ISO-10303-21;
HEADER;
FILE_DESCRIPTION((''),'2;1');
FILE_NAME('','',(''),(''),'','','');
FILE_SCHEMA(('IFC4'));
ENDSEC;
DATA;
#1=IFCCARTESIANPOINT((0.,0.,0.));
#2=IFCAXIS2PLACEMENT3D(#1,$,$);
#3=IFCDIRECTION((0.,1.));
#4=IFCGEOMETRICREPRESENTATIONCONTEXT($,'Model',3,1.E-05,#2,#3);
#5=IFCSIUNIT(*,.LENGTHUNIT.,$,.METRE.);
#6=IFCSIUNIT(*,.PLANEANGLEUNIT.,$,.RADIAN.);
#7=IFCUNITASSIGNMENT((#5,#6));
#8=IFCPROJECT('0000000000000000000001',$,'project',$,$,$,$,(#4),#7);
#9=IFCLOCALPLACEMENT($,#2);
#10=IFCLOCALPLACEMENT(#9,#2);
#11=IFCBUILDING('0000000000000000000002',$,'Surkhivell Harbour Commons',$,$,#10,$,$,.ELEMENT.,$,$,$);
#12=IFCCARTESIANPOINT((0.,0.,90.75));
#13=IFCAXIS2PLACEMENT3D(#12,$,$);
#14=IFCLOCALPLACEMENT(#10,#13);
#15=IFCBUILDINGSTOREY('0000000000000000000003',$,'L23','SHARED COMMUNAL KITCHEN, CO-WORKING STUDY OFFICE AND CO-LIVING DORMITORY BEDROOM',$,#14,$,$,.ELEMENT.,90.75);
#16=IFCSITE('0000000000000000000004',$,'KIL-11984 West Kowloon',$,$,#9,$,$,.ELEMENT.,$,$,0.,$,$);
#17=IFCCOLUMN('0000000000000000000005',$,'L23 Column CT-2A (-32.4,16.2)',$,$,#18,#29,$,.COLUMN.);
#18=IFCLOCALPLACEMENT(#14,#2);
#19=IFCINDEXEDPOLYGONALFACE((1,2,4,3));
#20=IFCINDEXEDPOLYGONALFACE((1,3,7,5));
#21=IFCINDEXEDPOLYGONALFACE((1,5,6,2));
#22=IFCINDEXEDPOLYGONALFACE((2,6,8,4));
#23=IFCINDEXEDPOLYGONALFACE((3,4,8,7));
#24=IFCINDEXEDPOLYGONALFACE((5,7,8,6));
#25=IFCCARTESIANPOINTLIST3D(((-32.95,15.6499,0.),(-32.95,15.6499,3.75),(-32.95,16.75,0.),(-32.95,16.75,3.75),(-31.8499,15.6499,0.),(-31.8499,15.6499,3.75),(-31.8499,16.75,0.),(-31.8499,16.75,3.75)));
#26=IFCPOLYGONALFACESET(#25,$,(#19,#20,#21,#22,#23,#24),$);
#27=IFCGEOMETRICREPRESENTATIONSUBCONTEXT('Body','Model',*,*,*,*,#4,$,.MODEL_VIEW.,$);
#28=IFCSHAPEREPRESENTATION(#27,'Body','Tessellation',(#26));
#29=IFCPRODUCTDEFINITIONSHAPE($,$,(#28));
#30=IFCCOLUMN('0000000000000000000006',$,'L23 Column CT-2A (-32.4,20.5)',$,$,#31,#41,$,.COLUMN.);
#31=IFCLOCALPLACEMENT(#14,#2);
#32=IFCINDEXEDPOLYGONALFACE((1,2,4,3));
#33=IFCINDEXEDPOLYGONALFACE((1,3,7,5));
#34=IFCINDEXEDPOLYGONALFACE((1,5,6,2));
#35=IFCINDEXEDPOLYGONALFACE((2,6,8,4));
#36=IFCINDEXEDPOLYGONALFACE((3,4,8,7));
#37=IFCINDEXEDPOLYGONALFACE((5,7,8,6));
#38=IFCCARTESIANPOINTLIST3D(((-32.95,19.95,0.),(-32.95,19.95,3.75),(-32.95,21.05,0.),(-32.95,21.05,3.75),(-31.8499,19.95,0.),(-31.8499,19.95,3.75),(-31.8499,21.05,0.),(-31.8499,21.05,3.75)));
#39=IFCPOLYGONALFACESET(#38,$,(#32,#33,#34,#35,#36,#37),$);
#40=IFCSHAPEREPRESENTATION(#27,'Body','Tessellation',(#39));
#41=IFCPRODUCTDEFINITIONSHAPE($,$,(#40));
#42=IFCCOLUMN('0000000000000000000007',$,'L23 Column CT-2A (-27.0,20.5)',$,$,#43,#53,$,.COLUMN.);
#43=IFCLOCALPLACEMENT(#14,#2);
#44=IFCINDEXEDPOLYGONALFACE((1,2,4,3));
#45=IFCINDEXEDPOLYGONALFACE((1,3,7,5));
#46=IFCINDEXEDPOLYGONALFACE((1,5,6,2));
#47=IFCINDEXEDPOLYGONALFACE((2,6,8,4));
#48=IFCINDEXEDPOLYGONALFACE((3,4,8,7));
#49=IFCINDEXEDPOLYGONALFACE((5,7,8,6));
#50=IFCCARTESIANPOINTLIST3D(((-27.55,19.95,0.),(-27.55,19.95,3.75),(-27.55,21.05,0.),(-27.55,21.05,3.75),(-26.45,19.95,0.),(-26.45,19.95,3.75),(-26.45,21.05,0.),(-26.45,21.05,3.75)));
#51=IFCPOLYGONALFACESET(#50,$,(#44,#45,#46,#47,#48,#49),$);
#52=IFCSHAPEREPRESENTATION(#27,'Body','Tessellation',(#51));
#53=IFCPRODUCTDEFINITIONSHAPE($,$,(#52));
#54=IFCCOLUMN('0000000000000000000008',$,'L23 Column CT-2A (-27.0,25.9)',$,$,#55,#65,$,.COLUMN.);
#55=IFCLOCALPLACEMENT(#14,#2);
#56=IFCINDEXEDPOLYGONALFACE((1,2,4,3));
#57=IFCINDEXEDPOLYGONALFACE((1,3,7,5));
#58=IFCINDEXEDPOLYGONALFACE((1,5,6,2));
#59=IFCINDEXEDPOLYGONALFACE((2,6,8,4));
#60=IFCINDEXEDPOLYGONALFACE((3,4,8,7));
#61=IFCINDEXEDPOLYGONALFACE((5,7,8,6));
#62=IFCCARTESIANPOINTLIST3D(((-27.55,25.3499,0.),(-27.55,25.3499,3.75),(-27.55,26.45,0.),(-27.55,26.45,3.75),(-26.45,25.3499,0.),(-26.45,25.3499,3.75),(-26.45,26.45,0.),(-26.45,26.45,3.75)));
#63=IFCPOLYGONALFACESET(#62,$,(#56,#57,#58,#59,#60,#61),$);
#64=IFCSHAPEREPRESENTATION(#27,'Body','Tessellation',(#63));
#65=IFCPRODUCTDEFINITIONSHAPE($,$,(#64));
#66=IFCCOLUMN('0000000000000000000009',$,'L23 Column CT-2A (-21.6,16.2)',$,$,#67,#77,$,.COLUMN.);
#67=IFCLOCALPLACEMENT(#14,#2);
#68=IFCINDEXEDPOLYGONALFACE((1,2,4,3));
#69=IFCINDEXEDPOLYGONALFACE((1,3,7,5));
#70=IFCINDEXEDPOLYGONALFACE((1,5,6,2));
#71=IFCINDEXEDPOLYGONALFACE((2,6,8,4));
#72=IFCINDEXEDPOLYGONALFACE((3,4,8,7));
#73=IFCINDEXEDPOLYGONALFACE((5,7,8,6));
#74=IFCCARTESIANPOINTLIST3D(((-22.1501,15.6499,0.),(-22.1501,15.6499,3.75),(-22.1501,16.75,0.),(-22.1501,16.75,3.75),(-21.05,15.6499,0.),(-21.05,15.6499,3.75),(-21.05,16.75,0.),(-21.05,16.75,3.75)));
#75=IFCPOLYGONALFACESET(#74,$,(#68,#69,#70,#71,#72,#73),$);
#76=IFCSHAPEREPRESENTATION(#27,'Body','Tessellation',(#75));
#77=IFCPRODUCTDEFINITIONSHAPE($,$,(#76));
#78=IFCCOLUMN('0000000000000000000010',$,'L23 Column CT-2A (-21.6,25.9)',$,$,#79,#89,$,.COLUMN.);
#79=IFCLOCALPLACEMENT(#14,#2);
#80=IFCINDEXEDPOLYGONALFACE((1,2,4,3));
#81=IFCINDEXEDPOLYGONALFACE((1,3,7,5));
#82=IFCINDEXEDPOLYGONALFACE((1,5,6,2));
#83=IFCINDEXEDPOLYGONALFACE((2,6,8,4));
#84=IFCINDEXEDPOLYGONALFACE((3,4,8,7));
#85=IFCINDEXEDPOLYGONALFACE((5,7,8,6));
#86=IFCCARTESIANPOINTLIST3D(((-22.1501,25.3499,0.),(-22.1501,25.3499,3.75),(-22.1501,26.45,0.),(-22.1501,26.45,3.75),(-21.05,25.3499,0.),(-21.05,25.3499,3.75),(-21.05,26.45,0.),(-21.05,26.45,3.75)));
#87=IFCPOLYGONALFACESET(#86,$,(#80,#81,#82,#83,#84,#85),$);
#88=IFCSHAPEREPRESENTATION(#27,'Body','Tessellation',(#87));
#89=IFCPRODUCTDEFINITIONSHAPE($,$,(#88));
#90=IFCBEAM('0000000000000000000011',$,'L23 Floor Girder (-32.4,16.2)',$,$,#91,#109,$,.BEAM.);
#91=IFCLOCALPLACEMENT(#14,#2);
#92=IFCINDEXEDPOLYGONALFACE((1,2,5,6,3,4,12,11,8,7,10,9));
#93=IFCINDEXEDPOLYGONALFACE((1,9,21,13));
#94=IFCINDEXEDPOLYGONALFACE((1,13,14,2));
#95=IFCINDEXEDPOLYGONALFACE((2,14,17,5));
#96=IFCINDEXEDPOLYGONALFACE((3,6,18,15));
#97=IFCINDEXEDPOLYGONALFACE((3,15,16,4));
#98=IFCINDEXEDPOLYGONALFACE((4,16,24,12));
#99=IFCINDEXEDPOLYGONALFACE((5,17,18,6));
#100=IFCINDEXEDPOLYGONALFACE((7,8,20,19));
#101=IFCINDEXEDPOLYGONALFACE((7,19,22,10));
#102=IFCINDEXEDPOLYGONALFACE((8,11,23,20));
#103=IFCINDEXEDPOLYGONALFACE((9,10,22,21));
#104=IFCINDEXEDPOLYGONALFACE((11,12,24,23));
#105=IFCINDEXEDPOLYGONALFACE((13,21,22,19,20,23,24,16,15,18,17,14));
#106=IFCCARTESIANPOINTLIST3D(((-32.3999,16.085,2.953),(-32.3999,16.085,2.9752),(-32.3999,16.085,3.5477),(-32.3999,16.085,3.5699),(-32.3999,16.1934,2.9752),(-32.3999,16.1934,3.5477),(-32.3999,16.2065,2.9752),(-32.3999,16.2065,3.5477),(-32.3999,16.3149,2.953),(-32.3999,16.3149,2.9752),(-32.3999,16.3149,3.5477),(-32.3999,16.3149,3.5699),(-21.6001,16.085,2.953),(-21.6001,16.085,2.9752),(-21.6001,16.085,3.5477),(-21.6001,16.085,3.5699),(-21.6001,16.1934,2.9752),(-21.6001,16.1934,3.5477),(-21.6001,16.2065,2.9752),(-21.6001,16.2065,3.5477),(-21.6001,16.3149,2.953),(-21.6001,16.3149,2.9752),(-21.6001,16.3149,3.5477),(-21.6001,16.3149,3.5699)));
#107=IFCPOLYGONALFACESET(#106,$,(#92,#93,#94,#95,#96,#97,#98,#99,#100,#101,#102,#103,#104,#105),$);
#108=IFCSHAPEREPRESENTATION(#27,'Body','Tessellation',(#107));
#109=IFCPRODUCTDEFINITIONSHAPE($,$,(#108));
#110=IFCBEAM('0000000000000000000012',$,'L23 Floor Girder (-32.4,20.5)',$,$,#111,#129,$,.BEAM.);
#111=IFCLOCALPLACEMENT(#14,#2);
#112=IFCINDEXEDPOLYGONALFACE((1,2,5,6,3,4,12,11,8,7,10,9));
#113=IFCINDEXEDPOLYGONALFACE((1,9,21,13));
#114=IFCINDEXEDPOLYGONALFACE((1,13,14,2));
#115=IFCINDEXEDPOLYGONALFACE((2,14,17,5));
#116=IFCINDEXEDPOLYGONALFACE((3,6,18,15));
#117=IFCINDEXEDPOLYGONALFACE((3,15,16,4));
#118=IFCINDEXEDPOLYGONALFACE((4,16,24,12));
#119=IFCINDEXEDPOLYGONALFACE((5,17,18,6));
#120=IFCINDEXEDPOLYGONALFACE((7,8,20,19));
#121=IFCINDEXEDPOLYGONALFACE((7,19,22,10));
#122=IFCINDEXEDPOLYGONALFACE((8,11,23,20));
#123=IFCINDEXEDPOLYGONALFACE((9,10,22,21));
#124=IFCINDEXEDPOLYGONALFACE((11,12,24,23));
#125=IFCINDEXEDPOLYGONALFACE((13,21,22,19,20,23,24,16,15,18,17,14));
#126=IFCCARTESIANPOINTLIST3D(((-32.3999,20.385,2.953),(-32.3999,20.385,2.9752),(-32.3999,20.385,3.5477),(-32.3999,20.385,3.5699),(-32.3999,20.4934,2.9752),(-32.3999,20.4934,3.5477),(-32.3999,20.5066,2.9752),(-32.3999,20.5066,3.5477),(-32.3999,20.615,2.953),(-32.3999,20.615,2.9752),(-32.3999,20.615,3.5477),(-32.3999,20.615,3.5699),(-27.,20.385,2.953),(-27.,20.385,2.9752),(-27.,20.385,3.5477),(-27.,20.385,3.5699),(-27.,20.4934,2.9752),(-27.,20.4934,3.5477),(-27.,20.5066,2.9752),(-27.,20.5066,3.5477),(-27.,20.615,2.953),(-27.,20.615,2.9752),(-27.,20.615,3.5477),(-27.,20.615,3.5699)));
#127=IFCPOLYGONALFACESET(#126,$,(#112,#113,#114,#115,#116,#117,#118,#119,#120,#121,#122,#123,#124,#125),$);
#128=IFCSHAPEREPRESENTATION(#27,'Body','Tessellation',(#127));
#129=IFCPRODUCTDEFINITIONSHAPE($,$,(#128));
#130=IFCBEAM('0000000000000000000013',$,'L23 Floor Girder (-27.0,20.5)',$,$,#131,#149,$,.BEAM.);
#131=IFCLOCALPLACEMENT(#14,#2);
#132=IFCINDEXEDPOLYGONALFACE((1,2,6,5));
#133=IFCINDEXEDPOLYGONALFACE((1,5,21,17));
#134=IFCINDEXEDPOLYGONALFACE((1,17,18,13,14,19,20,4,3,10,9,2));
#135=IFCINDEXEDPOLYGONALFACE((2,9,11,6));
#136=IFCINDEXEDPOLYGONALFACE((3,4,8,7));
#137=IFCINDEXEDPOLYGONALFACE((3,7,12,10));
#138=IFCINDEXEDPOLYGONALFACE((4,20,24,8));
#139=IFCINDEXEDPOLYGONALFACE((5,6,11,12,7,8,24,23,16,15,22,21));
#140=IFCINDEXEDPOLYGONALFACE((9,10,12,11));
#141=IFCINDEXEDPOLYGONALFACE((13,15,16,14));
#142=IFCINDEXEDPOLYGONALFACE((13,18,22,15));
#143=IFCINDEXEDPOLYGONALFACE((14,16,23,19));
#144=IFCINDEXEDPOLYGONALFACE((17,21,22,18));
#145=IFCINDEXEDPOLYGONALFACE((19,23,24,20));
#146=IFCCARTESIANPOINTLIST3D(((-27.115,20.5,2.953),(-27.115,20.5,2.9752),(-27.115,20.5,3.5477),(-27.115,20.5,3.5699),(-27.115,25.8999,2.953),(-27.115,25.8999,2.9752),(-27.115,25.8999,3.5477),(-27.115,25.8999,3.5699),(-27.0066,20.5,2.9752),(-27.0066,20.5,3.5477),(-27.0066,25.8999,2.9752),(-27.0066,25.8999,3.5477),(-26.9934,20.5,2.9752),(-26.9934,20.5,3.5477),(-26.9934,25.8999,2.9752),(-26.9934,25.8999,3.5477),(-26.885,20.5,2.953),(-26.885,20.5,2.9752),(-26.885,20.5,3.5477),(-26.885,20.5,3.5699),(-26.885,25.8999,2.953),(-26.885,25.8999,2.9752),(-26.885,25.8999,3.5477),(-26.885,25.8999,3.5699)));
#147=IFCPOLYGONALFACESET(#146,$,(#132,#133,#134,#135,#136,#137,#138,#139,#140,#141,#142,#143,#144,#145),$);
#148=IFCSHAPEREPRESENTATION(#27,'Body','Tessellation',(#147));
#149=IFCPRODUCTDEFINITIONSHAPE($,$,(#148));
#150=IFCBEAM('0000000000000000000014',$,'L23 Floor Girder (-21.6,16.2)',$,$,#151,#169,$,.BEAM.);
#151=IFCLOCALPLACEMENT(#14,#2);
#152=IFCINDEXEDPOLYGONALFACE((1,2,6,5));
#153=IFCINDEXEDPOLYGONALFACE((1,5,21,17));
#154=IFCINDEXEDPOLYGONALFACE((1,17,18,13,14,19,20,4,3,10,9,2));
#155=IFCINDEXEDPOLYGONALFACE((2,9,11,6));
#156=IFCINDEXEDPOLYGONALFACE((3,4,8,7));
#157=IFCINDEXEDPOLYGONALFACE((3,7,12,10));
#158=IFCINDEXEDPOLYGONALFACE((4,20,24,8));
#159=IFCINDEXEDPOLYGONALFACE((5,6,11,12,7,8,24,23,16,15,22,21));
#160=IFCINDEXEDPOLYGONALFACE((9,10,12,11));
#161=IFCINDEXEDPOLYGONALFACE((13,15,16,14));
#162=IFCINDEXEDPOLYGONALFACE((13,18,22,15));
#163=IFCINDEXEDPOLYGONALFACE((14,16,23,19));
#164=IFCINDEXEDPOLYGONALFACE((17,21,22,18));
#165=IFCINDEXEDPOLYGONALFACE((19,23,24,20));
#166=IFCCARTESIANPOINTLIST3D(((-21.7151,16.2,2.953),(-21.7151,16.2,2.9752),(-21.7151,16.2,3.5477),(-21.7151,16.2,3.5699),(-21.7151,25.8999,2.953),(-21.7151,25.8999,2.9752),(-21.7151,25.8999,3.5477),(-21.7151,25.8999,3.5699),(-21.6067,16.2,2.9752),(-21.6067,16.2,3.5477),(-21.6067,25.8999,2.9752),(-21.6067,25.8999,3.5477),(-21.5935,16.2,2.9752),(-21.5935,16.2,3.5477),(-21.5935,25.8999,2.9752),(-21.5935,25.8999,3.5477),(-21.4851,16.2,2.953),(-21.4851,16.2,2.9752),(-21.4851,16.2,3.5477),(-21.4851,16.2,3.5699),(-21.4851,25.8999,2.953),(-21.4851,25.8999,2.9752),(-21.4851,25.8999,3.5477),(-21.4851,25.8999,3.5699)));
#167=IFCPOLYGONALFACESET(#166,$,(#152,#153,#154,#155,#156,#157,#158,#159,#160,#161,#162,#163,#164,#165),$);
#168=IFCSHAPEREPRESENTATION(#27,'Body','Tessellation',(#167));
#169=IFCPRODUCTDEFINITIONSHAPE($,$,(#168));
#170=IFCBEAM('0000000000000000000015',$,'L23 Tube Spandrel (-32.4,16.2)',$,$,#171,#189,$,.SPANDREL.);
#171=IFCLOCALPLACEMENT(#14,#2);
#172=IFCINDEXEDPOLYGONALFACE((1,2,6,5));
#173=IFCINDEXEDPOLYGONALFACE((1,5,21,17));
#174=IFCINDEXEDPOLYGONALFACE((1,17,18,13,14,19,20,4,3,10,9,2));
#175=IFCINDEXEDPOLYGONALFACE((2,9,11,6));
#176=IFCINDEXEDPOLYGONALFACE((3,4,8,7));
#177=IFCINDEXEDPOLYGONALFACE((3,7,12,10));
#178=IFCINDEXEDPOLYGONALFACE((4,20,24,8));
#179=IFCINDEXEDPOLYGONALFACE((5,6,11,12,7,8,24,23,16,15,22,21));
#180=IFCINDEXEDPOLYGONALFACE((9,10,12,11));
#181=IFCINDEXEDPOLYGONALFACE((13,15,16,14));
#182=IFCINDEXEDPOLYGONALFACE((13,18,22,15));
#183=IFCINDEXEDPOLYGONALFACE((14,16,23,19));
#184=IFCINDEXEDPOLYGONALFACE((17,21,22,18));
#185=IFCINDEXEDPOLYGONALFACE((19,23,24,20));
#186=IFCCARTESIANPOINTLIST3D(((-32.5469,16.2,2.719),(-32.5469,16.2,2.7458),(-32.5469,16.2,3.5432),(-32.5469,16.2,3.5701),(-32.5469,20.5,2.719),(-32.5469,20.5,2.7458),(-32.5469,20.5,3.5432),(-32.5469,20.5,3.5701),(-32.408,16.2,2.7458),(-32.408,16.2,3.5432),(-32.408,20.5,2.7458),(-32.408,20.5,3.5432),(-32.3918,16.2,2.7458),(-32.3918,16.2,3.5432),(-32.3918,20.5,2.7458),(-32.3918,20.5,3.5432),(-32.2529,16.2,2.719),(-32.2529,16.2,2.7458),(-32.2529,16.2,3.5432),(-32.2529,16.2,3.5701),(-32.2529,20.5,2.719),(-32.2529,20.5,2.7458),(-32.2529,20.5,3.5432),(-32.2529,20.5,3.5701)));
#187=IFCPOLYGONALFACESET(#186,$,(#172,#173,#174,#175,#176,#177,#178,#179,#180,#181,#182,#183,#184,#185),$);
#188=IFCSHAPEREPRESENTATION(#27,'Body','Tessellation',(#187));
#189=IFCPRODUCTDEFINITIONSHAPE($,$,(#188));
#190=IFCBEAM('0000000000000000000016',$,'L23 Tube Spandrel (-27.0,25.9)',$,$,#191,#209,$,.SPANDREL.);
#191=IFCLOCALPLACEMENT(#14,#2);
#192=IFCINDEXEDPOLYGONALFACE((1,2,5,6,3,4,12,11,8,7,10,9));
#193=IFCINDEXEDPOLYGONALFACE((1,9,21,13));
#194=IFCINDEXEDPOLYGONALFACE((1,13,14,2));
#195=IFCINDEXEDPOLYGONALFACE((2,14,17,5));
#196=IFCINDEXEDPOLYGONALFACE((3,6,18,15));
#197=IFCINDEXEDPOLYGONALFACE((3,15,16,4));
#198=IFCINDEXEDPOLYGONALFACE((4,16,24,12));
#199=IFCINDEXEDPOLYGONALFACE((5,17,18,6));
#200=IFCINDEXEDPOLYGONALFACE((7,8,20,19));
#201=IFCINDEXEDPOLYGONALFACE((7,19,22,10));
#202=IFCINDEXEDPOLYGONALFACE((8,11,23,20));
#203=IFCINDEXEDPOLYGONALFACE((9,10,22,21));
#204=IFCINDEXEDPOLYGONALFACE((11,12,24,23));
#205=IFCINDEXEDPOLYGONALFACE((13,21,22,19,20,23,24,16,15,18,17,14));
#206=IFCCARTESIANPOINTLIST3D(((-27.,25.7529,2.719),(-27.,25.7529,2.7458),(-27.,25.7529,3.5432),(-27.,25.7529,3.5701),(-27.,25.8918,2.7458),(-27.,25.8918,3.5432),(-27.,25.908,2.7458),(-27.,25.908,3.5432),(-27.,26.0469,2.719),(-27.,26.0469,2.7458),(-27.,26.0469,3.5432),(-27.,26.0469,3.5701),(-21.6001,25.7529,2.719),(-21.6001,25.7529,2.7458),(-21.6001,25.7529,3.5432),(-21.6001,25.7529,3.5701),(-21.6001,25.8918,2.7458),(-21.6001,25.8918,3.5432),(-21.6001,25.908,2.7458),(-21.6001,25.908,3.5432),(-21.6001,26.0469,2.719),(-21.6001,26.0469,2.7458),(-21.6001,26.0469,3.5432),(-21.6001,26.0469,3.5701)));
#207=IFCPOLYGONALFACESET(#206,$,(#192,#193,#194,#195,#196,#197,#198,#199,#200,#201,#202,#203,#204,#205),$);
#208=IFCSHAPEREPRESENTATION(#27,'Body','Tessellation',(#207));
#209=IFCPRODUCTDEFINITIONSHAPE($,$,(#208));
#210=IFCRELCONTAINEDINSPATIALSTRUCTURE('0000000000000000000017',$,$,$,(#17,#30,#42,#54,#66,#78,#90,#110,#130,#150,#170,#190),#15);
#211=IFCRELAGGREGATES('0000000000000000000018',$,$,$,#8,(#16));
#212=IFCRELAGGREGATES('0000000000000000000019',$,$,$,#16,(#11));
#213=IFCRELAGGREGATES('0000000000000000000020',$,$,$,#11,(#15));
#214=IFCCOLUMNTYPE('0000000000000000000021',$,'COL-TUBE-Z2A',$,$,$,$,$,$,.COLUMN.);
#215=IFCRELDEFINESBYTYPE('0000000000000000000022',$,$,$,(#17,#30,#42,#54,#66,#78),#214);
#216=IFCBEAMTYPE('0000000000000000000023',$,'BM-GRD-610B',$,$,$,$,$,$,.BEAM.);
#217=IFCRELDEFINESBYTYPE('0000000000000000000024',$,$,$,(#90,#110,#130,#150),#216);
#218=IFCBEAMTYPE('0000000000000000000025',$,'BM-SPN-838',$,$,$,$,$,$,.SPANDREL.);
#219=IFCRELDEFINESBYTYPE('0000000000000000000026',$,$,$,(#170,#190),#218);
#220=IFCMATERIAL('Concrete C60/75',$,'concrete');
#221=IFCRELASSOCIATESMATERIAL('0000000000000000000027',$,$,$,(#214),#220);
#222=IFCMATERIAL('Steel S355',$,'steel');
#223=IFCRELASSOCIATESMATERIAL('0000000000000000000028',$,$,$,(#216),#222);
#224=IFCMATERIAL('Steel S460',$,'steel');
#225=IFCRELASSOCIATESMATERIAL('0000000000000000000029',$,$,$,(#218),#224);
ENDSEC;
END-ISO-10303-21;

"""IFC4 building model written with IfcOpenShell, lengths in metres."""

from ifc_helpers import new_model, si_unit, direction, frame, origin, origin_2d, place, context, subcontext, project, spatial, rectangle, i_section, extrude, material, material_profile, profile_set, type_object, element, save


model = new_model("IFC4")

# Units and contexts
model_context = context("Model", 3, precision=1e-05, world=origin(), true_north=direction((0.0, 1.0)))
body_context = subcontext(model_context, "Body", "Model", "MODEL_VIEW")
ifc_project = project(units=[si_unit("LENGTHUNIT", "METRE"), si_unit("PLANEANGLEUNIT", "RADIAN")], contexts=[model_context])

# Site, building, storey
site_placement = place(None, origin())
site = spatial("IfcSite", under=ifc_project, at=site_placement, Name="KIL-11984 West Kowloon", CompositionType="ELEMENT", RefElevation=0.0)
building_placement = place(site_placement, origin())
building = spatial("IfcBuilding", under=site, at=building_placement, Name="Surkhivell Harbour Commons", CompositionType="ELEMENT")
storey_placement = place(building_placement, frame((0.0, 0.0, 90.75)))
storey = spatial("IfcBuildingStorey", under=building, at=storey_placement, Name="L23", Description="SHARED COMMUNAL KITCHEN, CO-WORKING STUDY OFFICE AND CO-LIVING DORMITORY BEDROOM", CompositionType="ELEMENT", Elevation=90.75)

# Columns
ifc_material_1 = material(Name="Concrete C60/75", Category="concrete")
ifc_material_profile_1 = material_profile(ifc_material_1, rectangle(XDim=1.1001, YDim=1.1001, at=origin_2d()), Name="RC-COL-1100x1100")
ifc_profile_set_1 = profile_set([ifc_material_profile_1], Name="Concrete C60/75")
column_type = type_object("IfcColumnType", Name="COL-TUBE-Z2A", PredefinedType="COLUMN", material=ifc_profile_set_1)
for number, where, z_axis, x_axis, name in (
    (1, (-32.3999, 16.2, 0.0), (0.0, 0.0, 1.0), (1.0, 0.0, 0.0), "L23 Column CT-2A (-32.4,16.2)"),
    (2, (-32.3999, 20.5, 0.0), (0.0, 0.0, 1.0), (1.0, 0.0, 0.0), "L23 Column CT-2A (-32.4,20.5)"),
    (3, (-27.0, 20.5, 0.0), (0.0, 0.0, 1.0), (1.0, 0.0, 0.0), "L23 Column CT-2A (-27.0,20.5)"),
    (4, (-27.0, 25.8999, 0.0), (0.0, 0.0, 1.0), (1.0, 0.0, 0.0), "L23 Column CT-2A (-27.0,25.9)"),
    (5, (-21.6001, 16.2, 0.0), (0.0, 0.0, 1.0), (1.0, 0.0, 0.0), "L23 Column CT-2A (-21.6,16.2)"),
    (6, (-21.6001, 25.8999, 0.0), (0.0, 0.0, 1.0), (1.0, 0.0, 0.0), "L23 Column CT-2A (-21.6,25.9)"),
):
    element("IfcColumn", number, at=place(storey_placement, frame(where, z_axis=z_axis, x_axis=x_axis)), inside=storey, type_object=column_type, Name=name, PredefinedType="COLUMN", context=body_context, shape_type="SweptSolid", body=[
        extrude(rectangle(XDim=1.1001, YDim=1.1001, at=origin_2d()), origin(), (0.0, 0.0, 1.0), 3.75),
    ])

# Beams
ifc_material_2 = material(Name="Steel S355", Category="steel")
ifc_material_profile_2 = material_profile(ifc_material_2, i_section(OverallWidth=0.23, OverallDepth=0.6169, WebThickness=0.0132, FlangeThickness=0.0222, at=origin_2d()), Name="UB610x229x140")
ifc_profile_set_2 = profile_set([ifc_material_profile_2], Name="Steel S355")
beam_type_1 = type_object("IfcBeamType", Name="BM-GRD-610B", PredefinedType="BEAM", material=ifc_profile_set_2)
beam_1_placement = place(storey_placement, frame((-32.3999, 16.2, 3.2615), z_axis=(1.0, 0.0, 0.0), x_axis=(0.0, 1.0, 0.0)))
element("IfcBeam", 7, at=beam_1_placement, inside=storey, type_object=beam_type_1, Name="L23 Floor Girder (-32.4,16.2)", PredefinedType="BEAM", context=body_context, shape_type="SweptSolid", body=[
    extrude(i_section(OverallWidth=0.23, OverallDepth=0.6169, WebThickness=0.0132, FlangeThickness=0.0222, at=origin_2d()), origin(), (0.0, 0.0, 1.0), 10.7998),
])
for number, where, z_axis, x_axis, name in (
    (8, (-32.3999, 20.5, 3.2615), (1.0, 0.0, 0.0), (0.0, 1.0, 0.0), "L23 Floor Girder (-32.4,20.5)"),
    (9, (-27.0, 20.5, 3.2615), (0.0, 1.0, 0.0), (-1.0, 0.0, 0.0), "L23 Floor Girder (-27.0,20.5)"),
):
    element("IfcBeam", number, at=place(storey_placement, frame(where, z_axis=z_axis, x_axis=x_axis)), inside=storey, type_object=beam_type_1, Name=name, PredefinedType="BEAM", context=body_context, shape_type="SweptSolid", body=[
        extrude(i_section(OverallWidth=0.23, OverallDepth=0.6169, WebThickness=0.0132, FlangeThickness=0.0222, at=origin_2d()), origin(), (0.0, 0.0, 1.0), 5.3999),
    ])
beam_2_placement = place(storey_placement, frame((-21.6001, 16.2, 3.2615), z_axis=(0.0, 1.0, 0.0), x_axis=(-1.0, 0.0, 0.0)))
element("IfcBeam", 10, at=beam_2_placement, inside=storey, type_object=beam_type_1, Name="L23 Floor Girder (-21.6,16.2)", PredefinedType="BEAM", context=body_context, shape_type="SweptSolid", body=[
    extrude(i_section(OverallWidth=0.23, OverallDepth=0.6169, WebThickness=0.0132, FlangeThickness=0.0222, at=origin_2d()), origin(), (0.0, 0.0, 1.0), 9.7),
])
ifc_material_3 = material(Name="Steel S460", Category="steel")
ifc_material_profile_3 = material_profile(ifc_material_3, i_section(OverallWidth=0.2939, OverallDepth=0.8511, WebThickness=0.0161, FlangeThickness=0.0269, at=origin_2d()), Name="UB838x292x226")
ifc_profile_set_3 = profile_set([ifc_material_profile_3], Name="Steel S460")
beam_type_2 = type_object("IfcBeamType", Name="BM-SPN-838", PredefinedType="SPANDREL", material=ifc_profile_set_3)
beam_3_placement = place(storey_placement, frame((-32.3999, 16.2, 3.1445), z_axis=(0.0, 1.0, 0.0), x_axis=(-1.0, 0.0, 0.0)))
element("IfcBeam", 11, at=beam_3_placement, inside=storey, type_object=beam_type_2, Name="L23 Tube Spandrel (-32.4,16.2)", PredefinedType="SPANDREL", context=body_context, shape_type="SweptSolid", body=[
    extrude(i_section(OverallWidth=0.2939, OverallDepth=0.8511, WebThickness=0.0161, FlangeThickness=0.0269, at=origin_2d()), origin(), (0.0, 0.0, 1.0), 4.3),
])
beam_4_placement = place(storey_placement, frame((-27.0, 25.8999, 3.1445), z_axis=(1.0, 0.0, 0.0), x_axis=(0.0, 1.0, 0.0)))
element("IfcBeam", 12, at=beam_4_placement, inside=storey, type_object=beam_type_2, Name="L23 Tube Spandrel (-27.0,25.9)", PredefinedType="SPANDREL", context=body_context, shape_type="SweptSolid", body=[
    extrude(i_section(OverallWidth=0.2939, OverallDepth=0.8511, WebThickness=0.0161, FlangeThickness=0.0269, at=origin_2d()), origin(), (0.0, 0.0, 1.0), 5.3999),
])

save(model, "model.ifc")
